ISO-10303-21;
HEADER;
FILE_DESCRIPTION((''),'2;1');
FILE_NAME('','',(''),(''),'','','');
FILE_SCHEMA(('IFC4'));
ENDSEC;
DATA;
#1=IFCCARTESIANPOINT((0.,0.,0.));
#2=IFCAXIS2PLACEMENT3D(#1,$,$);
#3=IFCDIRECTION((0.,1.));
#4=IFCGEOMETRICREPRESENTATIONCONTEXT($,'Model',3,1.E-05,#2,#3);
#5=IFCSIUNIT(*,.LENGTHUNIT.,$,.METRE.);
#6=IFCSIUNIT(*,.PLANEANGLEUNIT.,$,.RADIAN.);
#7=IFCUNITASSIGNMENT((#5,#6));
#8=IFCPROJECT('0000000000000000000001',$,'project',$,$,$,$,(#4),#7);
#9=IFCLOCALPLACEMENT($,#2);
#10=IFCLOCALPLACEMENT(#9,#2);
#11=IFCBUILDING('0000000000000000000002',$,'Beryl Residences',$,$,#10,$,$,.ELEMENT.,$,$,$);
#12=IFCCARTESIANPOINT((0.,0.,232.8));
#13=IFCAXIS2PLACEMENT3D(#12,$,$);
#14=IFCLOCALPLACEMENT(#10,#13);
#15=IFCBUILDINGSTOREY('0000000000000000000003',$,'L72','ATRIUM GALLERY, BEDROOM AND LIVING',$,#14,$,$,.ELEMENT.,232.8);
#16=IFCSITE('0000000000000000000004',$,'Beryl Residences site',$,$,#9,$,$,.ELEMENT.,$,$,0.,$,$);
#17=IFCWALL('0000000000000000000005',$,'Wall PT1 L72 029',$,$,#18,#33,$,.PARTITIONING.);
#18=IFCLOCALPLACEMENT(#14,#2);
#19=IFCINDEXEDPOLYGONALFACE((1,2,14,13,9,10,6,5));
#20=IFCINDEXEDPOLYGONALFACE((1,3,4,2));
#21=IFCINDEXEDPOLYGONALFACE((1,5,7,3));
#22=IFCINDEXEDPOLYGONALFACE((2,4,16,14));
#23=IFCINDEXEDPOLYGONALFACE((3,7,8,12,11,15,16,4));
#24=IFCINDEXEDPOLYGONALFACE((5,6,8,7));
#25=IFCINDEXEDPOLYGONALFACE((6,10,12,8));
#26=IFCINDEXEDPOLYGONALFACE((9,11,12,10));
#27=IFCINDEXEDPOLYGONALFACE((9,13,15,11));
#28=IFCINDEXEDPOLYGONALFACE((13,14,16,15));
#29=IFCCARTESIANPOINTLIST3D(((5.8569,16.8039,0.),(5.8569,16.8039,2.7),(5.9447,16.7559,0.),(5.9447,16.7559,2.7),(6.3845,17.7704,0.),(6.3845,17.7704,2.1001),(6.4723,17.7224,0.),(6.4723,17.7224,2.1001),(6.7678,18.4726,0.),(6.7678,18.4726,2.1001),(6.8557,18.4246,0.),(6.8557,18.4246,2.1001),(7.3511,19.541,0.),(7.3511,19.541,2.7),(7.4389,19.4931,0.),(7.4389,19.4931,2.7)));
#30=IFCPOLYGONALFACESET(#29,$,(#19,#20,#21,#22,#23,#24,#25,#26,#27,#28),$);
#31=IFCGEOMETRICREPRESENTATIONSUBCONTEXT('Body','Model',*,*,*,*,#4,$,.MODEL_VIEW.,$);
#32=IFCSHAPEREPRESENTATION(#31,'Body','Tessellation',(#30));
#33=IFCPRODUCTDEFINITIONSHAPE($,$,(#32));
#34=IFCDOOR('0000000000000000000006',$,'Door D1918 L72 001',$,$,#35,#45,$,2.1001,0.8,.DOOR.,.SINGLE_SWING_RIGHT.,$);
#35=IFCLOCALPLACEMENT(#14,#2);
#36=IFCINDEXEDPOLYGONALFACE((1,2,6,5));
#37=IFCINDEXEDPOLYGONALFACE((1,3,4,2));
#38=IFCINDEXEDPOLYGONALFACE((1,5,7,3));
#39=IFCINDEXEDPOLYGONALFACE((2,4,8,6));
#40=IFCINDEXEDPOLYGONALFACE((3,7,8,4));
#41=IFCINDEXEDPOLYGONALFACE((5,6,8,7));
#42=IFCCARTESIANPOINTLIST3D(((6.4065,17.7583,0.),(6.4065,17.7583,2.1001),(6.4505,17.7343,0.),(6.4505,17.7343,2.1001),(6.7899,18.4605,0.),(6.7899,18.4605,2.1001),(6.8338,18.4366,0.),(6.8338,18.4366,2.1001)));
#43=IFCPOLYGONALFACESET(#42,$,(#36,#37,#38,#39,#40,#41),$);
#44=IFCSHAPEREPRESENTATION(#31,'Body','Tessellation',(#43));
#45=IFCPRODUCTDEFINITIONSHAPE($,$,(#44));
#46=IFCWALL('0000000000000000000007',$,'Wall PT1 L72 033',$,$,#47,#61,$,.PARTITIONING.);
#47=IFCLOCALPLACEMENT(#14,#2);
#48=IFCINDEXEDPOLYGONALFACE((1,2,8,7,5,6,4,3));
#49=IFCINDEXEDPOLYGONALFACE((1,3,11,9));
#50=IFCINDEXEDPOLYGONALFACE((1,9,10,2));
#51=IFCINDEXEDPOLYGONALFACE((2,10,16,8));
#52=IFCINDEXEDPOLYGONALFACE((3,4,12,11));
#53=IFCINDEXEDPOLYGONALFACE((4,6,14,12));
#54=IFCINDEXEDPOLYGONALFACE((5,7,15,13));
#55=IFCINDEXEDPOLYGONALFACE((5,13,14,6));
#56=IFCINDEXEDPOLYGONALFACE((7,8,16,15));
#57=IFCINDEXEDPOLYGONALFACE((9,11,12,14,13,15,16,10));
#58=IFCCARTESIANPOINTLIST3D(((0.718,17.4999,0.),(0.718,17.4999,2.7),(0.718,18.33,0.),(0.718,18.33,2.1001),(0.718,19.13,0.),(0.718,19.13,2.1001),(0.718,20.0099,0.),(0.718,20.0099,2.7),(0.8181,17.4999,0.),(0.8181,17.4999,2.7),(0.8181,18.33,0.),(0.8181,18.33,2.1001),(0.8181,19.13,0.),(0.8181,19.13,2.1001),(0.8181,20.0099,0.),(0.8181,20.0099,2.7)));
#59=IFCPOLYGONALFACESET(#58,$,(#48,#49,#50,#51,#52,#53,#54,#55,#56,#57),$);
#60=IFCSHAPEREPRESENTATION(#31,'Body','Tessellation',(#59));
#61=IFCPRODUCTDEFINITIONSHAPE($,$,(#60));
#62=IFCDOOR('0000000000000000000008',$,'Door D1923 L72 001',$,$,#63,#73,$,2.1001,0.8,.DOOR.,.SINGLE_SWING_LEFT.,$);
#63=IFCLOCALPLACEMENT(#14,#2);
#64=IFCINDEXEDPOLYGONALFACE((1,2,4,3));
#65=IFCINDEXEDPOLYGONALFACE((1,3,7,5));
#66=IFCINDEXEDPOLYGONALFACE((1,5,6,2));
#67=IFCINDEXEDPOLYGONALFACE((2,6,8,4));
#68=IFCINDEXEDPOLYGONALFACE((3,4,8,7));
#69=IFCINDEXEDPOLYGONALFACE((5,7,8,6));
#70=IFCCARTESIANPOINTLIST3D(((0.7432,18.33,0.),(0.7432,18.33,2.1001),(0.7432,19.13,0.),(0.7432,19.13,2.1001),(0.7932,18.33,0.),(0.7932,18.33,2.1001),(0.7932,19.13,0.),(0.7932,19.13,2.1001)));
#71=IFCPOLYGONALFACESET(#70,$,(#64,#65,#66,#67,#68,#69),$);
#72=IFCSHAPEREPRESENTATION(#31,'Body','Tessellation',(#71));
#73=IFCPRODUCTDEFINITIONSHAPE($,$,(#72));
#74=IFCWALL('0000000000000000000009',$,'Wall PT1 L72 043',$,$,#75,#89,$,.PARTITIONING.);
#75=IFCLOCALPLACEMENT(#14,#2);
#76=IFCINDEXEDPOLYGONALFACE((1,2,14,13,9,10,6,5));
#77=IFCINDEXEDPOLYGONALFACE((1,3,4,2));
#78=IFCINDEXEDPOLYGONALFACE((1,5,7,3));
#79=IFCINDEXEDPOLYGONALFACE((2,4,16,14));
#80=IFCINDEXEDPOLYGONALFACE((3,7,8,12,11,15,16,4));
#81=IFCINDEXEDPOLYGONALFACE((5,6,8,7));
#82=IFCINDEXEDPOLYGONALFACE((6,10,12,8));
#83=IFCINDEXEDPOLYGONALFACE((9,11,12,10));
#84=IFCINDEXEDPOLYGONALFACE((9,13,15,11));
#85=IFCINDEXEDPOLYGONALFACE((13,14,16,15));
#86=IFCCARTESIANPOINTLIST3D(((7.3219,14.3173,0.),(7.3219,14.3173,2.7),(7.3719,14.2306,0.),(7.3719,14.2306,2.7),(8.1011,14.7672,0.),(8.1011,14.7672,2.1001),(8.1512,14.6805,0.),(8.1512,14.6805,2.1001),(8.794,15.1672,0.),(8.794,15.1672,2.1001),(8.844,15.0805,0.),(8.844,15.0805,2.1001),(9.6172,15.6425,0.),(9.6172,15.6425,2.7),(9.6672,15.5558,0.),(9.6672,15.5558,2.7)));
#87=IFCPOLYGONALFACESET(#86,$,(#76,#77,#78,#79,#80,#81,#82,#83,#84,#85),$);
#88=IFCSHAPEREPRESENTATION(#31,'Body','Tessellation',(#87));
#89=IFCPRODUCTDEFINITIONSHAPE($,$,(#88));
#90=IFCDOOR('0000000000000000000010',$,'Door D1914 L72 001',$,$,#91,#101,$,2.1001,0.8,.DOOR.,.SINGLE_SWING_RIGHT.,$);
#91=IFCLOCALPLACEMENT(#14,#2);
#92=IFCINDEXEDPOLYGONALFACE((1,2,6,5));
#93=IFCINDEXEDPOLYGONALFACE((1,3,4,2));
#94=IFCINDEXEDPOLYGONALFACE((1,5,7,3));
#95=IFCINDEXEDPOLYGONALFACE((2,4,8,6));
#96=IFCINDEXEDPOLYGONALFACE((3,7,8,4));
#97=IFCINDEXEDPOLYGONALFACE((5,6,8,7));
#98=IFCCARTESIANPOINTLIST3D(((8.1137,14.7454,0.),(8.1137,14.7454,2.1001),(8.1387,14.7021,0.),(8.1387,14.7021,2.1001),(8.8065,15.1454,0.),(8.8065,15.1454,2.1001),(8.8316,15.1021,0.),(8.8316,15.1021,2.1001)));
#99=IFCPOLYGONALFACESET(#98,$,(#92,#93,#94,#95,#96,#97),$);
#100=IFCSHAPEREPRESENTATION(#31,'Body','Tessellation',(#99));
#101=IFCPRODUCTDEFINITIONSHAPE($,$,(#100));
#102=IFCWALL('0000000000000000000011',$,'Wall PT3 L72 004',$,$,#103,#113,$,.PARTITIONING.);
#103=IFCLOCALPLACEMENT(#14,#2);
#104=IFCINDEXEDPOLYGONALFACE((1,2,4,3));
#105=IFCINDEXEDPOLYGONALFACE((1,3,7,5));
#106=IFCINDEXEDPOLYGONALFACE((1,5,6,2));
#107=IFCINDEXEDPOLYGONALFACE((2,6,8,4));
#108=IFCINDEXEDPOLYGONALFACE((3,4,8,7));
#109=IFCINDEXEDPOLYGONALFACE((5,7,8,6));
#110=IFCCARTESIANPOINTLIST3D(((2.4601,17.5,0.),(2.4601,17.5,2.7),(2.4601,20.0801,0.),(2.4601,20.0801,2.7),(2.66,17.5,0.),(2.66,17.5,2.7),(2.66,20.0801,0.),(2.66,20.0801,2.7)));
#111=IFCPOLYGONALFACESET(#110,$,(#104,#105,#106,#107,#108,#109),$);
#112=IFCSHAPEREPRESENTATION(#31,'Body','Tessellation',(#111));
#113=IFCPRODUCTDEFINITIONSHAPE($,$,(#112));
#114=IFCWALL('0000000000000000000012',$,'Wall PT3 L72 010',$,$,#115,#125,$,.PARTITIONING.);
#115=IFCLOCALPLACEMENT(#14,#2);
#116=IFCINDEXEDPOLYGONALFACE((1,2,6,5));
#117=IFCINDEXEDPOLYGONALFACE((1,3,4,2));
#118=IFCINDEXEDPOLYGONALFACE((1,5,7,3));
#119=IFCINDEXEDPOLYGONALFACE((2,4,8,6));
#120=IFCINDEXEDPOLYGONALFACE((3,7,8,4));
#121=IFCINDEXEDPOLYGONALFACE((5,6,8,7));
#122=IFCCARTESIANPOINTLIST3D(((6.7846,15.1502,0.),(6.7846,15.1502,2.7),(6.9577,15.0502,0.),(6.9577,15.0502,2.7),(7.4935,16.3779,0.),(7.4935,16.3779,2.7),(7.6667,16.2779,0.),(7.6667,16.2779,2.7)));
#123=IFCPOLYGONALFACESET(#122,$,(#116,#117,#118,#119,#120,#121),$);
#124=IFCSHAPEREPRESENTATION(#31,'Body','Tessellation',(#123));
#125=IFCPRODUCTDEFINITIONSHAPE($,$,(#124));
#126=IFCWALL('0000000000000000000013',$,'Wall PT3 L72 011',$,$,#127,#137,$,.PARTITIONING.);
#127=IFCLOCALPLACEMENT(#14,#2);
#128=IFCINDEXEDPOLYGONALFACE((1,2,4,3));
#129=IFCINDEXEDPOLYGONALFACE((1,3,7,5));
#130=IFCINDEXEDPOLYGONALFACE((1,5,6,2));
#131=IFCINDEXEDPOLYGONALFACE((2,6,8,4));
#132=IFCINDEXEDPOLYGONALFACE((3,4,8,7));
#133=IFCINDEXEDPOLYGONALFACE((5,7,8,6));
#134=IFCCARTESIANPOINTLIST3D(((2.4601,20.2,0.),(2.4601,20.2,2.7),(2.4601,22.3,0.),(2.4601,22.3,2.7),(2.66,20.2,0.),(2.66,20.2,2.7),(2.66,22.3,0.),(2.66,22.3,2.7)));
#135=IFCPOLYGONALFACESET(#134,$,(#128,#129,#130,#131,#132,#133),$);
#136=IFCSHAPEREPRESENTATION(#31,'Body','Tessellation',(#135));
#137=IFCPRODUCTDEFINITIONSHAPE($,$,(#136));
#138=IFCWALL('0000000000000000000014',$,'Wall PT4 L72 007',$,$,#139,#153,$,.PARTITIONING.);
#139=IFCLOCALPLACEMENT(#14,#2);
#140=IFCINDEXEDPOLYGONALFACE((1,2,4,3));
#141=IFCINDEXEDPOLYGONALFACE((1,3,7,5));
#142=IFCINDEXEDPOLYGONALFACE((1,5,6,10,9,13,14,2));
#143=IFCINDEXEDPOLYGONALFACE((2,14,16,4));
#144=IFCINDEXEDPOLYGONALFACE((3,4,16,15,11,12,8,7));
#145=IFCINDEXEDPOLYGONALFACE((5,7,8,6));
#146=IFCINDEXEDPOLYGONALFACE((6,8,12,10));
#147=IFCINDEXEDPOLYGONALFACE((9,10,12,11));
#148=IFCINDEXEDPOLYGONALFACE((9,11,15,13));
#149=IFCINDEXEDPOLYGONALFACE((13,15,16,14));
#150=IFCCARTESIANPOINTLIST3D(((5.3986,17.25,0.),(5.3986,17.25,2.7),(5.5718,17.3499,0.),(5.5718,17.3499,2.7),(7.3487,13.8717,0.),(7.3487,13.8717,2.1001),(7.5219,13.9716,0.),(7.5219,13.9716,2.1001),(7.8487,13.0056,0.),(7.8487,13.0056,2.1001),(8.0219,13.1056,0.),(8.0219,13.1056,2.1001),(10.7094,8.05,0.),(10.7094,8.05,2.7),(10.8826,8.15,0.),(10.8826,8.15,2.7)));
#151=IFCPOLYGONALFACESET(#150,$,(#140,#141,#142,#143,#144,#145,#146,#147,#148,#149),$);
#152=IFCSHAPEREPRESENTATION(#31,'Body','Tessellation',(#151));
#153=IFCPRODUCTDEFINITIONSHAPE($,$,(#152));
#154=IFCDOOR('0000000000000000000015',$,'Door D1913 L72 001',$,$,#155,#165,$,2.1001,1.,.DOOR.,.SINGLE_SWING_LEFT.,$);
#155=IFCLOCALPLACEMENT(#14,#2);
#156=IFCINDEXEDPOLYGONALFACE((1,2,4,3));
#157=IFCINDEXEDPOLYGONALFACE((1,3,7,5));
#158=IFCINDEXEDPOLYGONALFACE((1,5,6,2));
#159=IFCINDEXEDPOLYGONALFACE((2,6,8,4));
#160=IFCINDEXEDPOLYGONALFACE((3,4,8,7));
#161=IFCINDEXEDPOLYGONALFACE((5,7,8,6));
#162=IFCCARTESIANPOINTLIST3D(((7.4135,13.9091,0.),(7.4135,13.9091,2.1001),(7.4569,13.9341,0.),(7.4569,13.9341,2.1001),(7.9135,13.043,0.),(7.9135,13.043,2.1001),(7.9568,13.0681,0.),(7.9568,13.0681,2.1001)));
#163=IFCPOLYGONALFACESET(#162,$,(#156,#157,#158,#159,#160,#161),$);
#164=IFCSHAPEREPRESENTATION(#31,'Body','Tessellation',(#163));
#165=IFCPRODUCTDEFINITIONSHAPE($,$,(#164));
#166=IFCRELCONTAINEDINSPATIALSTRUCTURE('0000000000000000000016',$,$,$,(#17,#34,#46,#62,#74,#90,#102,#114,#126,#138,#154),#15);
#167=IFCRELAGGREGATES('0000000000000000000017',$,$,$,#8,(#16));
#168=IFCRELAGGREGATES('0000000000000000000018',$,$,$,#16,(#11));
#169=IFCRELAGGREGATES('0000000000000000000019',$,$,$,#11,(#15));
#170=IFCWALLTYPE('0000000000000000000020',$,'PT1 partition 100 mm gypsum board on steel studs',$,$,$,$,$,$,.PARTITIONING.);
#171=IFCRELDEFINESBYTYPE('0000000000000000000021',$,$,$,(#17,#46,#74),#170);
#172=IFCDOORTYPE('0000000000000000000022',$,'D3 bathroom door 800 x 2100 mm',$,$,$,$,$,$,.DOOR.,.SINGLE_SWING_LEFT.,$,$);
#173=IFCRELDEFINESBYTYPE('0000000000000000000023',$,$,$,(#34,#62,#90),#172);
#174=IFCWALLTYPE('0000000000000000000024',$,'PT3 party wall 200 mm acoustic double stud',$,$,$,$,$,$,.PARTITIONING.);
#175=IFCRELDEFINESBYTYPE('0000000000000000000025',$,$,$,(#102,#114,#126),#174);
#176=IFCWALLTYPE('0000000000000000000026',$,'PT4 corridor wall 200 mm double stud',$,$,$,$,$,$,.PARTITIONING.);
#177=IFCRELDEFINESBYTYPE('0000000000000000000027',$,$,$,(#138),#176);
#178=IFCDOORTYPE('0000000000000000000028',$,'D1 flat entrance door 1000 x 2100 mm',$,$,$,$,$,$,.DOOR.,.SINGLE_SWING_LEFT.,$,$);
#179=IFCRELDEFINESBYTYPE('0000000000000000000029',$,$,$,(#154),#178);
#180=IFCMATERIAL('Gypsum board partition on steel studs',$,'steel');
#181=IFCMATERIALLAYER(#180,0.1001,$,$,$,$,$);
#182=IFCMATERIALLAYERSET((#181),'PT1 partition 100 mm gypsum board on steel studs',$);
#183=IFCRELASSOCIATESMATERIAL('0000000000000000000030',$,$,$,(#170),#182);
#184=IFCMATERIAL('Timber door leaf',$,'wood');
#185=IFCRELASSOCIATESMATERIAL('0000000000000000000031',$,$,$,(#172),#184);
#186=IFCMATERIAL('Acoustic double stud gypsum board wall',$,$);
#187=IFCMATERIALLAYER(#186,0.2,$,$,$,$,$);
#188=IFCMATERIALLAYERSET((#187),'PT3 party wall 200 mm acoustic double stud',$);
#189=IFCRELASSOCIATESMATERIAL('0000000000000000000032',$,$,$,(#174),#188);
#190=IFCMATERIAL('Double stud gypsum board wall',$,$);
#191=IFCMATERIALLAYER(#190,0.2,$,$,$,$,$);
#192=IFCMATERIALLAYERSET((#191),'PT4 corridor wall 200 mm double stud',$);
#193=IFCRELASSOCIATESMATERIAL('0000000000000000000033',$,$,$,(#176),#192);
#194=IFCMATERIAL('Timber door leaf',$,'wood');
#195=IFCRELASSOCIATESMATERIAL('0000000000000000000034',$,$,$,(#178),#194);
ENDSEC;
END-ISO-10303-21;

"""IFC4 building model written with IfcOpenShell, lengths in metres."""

from ifc_helpers import new_model, si_unit, direction, frame, frame_2d, origin, place, context, subcontext, project, spatial, rectangle, extrude, material, layer, layer_set, type_object, element, fill, save


model = new_model("IFC4")

# Units and contexts
model_context = context("Model", 3, precision=1e-05, world=origin(), true_north=direction((0.0, 1.0)))
body_context = subcontext(model_context, "Body", "Model", "MODEL_VIEW")
ifc_project = project(units=[si_unit("LENGTHUNIT", "METRE"), si_unit("PLANEANGLEUNIT", "RADIAN")], contexts=[model_context])

# Site, building, storey
site_placement = place(None, origin())
site = spatial("IfcSite", under=ifc_project, at=site_placement, Name="Beryl Residences site", CompositionType="ELEMENT", RefElevation=0.0)
building_placement = place(site_placement, origin())
building = spatial("IfcBuilding", under=site, at=building_placement, Name="Beryl Residences", CompositionType="ELEMENT")
storey_placement = place(building_placement, frame((0.0, 0.0, 232.8)))
storey = spatial("IfcBuildingStorey", under=building, at=storey_placement, Name="L72", Description="ATRIUM GALLERY, BEDROOM AND LIVING", CompositionType="ELEMENT", Elevation=232.8)

# Shared definitions
ifc_material_1 = material(Name="Gypsum board partition on steel studs", Category="steel")
ifc_layer_1 = layer(ifc_material_1, 0.1001)
ifc_layer_set_1 = layer_set([ifc_layer_1], Name="PT1 partition 100 mm gypsum board on steel studs")
wall_type_1 = type_object("IfcWallType", Name="PT1 partition 100 mm gypsum board on steel studs", PredefinedType="PARTITIONING", material=ifc_layer_set_1)

# Walls, openings, doors
wall_1_placement = place(storey_placement, frame((5.9009, 16.78, 0.0), z_axis=(0.0, 0.0, 1.0), x_axis=(0.479148, 0.877734, 0.0)))
wall_1 = element("IfcWall", 1, at=wall_1_placement, inside=storey, type_object=wall_type_1, Name="Wall PT1 L72 029", PredefinedType="PARTITIONING", context=body_context, shape_type="SweptSolid", body=[
    extrude(rectangle(XDim=3.1184, YDim=0.1001, at=frame_2d((1.5591, 0.0))), origin(), (0.0, 0.0, 1.0), 2.7),
])
opening_1_placement = place(wall_1_placement, frame((1.1011, 0.0, 0.0)))
opening_1 = element("IfcOpeningElement", 2, at=opening_1_placement, cuts=wall_1, PredefinedType="OPENING", context=body_context, shape_type="SweptSolid", body=[
    extrude(rectangle(XDim=0.8, YDim=2.1001, at=frame_2d((0.3999, 1.05))), frame((0.0, 0.0601, 0.0), z_axis=(0.0, -1.0, 0.0), x_axis=(1.0, 0.0, 0.0)), (0.0, 0.0, 1.0), 0.1201),
])
ifc_material_2 = material(Name="Timber door leaf", Category="wood")
door_type_1 = type_object("IfcDoorType", Name="D3 bathroom door 800 x 2100 mm", OperationType="SINGLE_SWING_LEFT", PredefinedType="DOOR", material=ifc_material_2)
door_1_placement = place(opening_1_placement, origin())
door_1 = element("IfcDoor", 3, at=door_1_placement, inside=storey, type_object=door_type_1, Name="Door D1918 L72 001", OperationType="SINGLE_SWING_RIGHT", OverallHeight=2.1001, OverallWidth=0.8, PredefinedType="DOOR", context=body_context, shape_type="SweptSolid", body=[
    extrude(rectangle(XDim=0.8, YDim=2.1001, at=frame_2d((0.3999, 1.05))), frame((0.0, 0.0249, 0.0), z_axis=(0.0, -1.0, 0.0), x_axis=(1.0, 0.0, 0.0)), (0.0, 0.0, 1.0), 0.05),
])
fill(opening_1, door_1)
wall_2_placement = place(storey_placement, frame((0.7681, 17.5, 0.0), z_axis=(0.0, 0.0, 1.0), x_axis=(0.0, 1.0, 0.0)))
wall_2 = element("IfcWall", 4, at=wall_2_placement, inside=storey, type_object=wall_type_1, Name="Wall PT1 L72 033", PredefinedType="PARTITIONING", context=body_context, shape_type="SweptSolid", body=[
    extrude(rectangle(XDim=2.51, YDim=0.1001, at=frame_2d((1.2549, 0.0))), origin(), (0.0, 0.0, 1.0), 2.7),
])
opening_2_placement = place(wall_2_placement, frame((0.8301, 0.0, 0.0)))
opening_2 = element("IfcOpeningElement", 5, at=opening_2_placement, cuts=wall_2, PredefinedType="OPENING", context=body_context, shape_type="SweptSolid", body=[
    extrude(rectangle(XDim=0.8, YDim=2.1001, at=frame_2d((0.3999, 1.05))), frame((0.0, 0.0601, 0.0), z_axis=(0.0, -1.0, 0.0), x_axis=(1.0, 0.0, 0.0)), (0.0, 0.0, 1.0), 0.1201),
])
door_2_placement = place(opening_2_placement, origin())
door_2 = element("IfcDoor", 6, at=door_2_placement, inside=storey, type_object=door_type_1, Name="Door D1923 L72 001", OperationType="SINGLE_SWING_LEFT", OverallHeight=2.1001, OverallWidth=0.8, PredefinedType="DOOR", context=body_context, shape_type="SweptSolid", body=[
    extrude(rectangle(XDim=0.8, YDim=2.1001, at=frame_2d((0.3999, 1.05))), frame((0.0, 0.0249, 0.0), z_axis=(0.0, -1.0, 0.0), x_axis=(1.0, 0.0, 0.0)), (0.0, 0.0, 1.0), 0.05),
])
fill(opening_2, door_2)
wall_3_placement = place(storey_placement, frame((7.3469, 14.2739, 0.0), z_axis=(0.0, 0.0, 1.0), x_axis=(0.866012, 0.500023, 0.0)))
wall_3 = element("IfcWall", 7, at=wall_3_placement, inside=storey, type_object=wall_type_1, Name="Wall PT1 L72 043", PredefinedType="PARTITIONING", context=body_context, shape_type="SweptSolid", body=[
    extrude(rectangle(XDim=2.6504, YDim=0.1001, at=frame_2d((1.3252, 0.0))), origin(), (0.0, 0.0, 1.0), 2.7),
])
opening_3_placement = place(wall_3_placement, frame((0.8999, 0.0, 0.0)))
opening_3 = element("IfcOpeningElement", 8, at=opening_3_placement, cuts=wall_3, PredefinedType="OPENING", context=body_context, shape_type="SweptSolid", body=[
    extrude(rectangle(XDim=0.8, YDim=2.1001, at=frame_2d((0.3999, 1.05))), frame((0.0, 0.0601, 0.0), z_axis=(0.0, -1.0, 0.0), x_axis=(1.0, 0.0, 0.0)), (0.0, 0.0, 1.0), 0.1201),
])
door_3_placement = place(opening_3_placement, origin())
door_3 = element("IfcDoor", 9, at=door_3_placement, inside=storey, type_object=door_type_1, Name="Door D1914 L72 001", OperationType="SINGLE_SWING_RIGHT", OverallHeight=2.1001, OverallWidth=0.8, PredefinedType="DOOR", context=body_context, shape_type="SweptSolid", body=[
    extrude(rectangle(XDim=0.8, YDim=2.1001, at=frame_2d((0.3999, 1.05))), frame((0.0, 0.0249, 0.0), z_axis=(0.0, -1.0, 0.0), x_axis=(1.0, 0.0, 0.0)), (0.0, 0.0, 1.0), 0.05),
])
fill(opening_3, door_3)

# Walls
ifc_material_3 = material(Name="Acoustic double stud gypsum board wall")
ifc_layer_2 = layer(ifc_material_3, 0.2)
ifc_layer_set_2 = layer_set([ifc_layer_2], Name="PT3 party wall 200 mm acoustic double stud")
wall_type_2 = type_object("IfcWallType", Name="PT3 party wall 200 mm acoustic double stud", PredefinedType="PARTITIONING", material=ifc_layer_set_2)
wall_4_placement = place(storey_placement, frame((2.5601, 20.0801, 0.0), z_axis=(0.0, 0.0, 1.0), x_axis=(0.0, -1.0, 0.0)))
element("IfcWall", 10, at=wall_4_placement, inside=storey, type_object=wall_type_2, Name="Wall PT3 L72 004", PredefinedType="PARTITIONING", context=body_context, shape_type="SweptSolid", body=[
    extrude(rectangle(XDim=2.5801, YDim=0.2, at=frame_2d((1.29, 0.0))), origin(), (0.0, 0.0, 1.0), 2.7),
])
wall_5_placement = place(storey_placement, frame((6.8711, 15.1001, 0.0), z_axis=(0.0, 0.0, 1.0), x_axis=(0.500065, 0.865988, 0.0)))
element("IfcWall", 11, at=wall_5_placement, inside=storey, type_object=wall_type_2, Name="Wall PT3 L72 010", PredefinedType="PARTITIONING", context=body_context, shape_type="SweptSolid", body=[
    extrude(rectangle(XDim=1.4177, YDim=0.2, at=frame_2d((0.709, 0.0))), origin(), (0.0, 0.0, 1.0), 2.7),
])
wall_6_placement = place(storey_placement, frame((2.5601, 20.2, 0.0), z_axis=(0.0, 0.0, 1.0), x_axis=(0.0, 1.0, 0.0)))
element("IfcWall", 12, at=wall_6_placement, inside=storey, type_object=wall_type_2, Name="Wall PT3 L72 011", PredefinedType="PARTITIONING", context=body_context, shape_type="SweptSolid", body=[
    extrude(rectangle(XDim=2.1001, YDim=0.2, at=frame_2d((1.05, 0.0))), origin(), (0.0, 0.0, 1.0), 2.7),
])

# Wall, opening, door
ifc_material_4 = material(Name="Double stud gypsum board wall")
ifc_layer_3 = layer(ifc_material_4, 0.2)
ifc_layer_set_3 = layer_set([ifc_layer_3], Name="PT4 corridor wall 200 mm double stud")
wall_type_3 = type_object("IfcWallType", Name="PT4 corridor wall 200 mm double stud", PredefinedType="PARTITIONING", material=ifc_layer_set_3)
wall_7_placement = place(storey_placement, frame((5.4851, 17.3, 0.0), z_axis=(0.0, 0.0, 1.0), x_axis=(0.499943, -0.866058, 0.0)))
wall_7 = element("IfcWall", 13, at=wall_7_placement, inside=storey, type_object=wall_type_3, Name="Wall PT4 L72 007", PredefinedType="PARTITIONING", context=body_context, shape_type="SweptSolid", body=[
    extrude(rectangle(XDim=10.6228, YDim=0.2, at=frame_2d((5.3115, 0.0))), origin(), (0.0, 0.0, 1.0), 2.7),
])
opening_4_placement = place(wall_7_placement, frame((3.9009, 0.0, 0.0)))
opening_4 = element("IfcOpeningElement", 14, at=opening_4_placement, cuts=wall_7, PredefinedType="OPENING", context=body_context, shape_type="SweptSolid", body=[
    extrude(rectangle(XDim=1.0, YDim=2.1001, at=frame_2d((0.5, 1.05))), frame((0.0, 0.1099, 0.0), z_axis=(0.0, -1.0, 0.0), x_axis=(1.0, 0.0, 0.0)), (0.0, 0.0, 1.0), 0.22),
])
ifc_material_5 = material(Name="Timber door leaf", Category="wood")
door_type_2 = type_object("IfcDoorType", Name="D1 flat entrance door 1000 x 2100 mm", OperationType="SINGLE_SWING_LEFT", PredefinedType="DOOR", material=ifc_material_5)
door_4_placement = place(opening_4_placement, origin())
door_4 = element("IfcDoor", 15, at=door_4_placement, inside=storey, type_object=door_type_2, Name="Door D1913 L72 001", OperationType="SINGLE_SWING_LEFT", OverallHeight=2.1001, OverallWidth=1.0, PredefinedType="DOOR", context=body_context, shape_type="SweptSolid", body=[
    extrude(rectangle(XDim=1.0, YDim=2.1001, at=frame_2d((0.5, 1.05))), frame((0.0, 0.0249, 0.0), z_axis=(0.0, -1.0, 0.0), x_axis=(1.0, 0.0, 0.0)), (0.0, 0.0, 1.0), 0.05),
])
fill(opening_4, door_4)

save(model, "model.ifc")
